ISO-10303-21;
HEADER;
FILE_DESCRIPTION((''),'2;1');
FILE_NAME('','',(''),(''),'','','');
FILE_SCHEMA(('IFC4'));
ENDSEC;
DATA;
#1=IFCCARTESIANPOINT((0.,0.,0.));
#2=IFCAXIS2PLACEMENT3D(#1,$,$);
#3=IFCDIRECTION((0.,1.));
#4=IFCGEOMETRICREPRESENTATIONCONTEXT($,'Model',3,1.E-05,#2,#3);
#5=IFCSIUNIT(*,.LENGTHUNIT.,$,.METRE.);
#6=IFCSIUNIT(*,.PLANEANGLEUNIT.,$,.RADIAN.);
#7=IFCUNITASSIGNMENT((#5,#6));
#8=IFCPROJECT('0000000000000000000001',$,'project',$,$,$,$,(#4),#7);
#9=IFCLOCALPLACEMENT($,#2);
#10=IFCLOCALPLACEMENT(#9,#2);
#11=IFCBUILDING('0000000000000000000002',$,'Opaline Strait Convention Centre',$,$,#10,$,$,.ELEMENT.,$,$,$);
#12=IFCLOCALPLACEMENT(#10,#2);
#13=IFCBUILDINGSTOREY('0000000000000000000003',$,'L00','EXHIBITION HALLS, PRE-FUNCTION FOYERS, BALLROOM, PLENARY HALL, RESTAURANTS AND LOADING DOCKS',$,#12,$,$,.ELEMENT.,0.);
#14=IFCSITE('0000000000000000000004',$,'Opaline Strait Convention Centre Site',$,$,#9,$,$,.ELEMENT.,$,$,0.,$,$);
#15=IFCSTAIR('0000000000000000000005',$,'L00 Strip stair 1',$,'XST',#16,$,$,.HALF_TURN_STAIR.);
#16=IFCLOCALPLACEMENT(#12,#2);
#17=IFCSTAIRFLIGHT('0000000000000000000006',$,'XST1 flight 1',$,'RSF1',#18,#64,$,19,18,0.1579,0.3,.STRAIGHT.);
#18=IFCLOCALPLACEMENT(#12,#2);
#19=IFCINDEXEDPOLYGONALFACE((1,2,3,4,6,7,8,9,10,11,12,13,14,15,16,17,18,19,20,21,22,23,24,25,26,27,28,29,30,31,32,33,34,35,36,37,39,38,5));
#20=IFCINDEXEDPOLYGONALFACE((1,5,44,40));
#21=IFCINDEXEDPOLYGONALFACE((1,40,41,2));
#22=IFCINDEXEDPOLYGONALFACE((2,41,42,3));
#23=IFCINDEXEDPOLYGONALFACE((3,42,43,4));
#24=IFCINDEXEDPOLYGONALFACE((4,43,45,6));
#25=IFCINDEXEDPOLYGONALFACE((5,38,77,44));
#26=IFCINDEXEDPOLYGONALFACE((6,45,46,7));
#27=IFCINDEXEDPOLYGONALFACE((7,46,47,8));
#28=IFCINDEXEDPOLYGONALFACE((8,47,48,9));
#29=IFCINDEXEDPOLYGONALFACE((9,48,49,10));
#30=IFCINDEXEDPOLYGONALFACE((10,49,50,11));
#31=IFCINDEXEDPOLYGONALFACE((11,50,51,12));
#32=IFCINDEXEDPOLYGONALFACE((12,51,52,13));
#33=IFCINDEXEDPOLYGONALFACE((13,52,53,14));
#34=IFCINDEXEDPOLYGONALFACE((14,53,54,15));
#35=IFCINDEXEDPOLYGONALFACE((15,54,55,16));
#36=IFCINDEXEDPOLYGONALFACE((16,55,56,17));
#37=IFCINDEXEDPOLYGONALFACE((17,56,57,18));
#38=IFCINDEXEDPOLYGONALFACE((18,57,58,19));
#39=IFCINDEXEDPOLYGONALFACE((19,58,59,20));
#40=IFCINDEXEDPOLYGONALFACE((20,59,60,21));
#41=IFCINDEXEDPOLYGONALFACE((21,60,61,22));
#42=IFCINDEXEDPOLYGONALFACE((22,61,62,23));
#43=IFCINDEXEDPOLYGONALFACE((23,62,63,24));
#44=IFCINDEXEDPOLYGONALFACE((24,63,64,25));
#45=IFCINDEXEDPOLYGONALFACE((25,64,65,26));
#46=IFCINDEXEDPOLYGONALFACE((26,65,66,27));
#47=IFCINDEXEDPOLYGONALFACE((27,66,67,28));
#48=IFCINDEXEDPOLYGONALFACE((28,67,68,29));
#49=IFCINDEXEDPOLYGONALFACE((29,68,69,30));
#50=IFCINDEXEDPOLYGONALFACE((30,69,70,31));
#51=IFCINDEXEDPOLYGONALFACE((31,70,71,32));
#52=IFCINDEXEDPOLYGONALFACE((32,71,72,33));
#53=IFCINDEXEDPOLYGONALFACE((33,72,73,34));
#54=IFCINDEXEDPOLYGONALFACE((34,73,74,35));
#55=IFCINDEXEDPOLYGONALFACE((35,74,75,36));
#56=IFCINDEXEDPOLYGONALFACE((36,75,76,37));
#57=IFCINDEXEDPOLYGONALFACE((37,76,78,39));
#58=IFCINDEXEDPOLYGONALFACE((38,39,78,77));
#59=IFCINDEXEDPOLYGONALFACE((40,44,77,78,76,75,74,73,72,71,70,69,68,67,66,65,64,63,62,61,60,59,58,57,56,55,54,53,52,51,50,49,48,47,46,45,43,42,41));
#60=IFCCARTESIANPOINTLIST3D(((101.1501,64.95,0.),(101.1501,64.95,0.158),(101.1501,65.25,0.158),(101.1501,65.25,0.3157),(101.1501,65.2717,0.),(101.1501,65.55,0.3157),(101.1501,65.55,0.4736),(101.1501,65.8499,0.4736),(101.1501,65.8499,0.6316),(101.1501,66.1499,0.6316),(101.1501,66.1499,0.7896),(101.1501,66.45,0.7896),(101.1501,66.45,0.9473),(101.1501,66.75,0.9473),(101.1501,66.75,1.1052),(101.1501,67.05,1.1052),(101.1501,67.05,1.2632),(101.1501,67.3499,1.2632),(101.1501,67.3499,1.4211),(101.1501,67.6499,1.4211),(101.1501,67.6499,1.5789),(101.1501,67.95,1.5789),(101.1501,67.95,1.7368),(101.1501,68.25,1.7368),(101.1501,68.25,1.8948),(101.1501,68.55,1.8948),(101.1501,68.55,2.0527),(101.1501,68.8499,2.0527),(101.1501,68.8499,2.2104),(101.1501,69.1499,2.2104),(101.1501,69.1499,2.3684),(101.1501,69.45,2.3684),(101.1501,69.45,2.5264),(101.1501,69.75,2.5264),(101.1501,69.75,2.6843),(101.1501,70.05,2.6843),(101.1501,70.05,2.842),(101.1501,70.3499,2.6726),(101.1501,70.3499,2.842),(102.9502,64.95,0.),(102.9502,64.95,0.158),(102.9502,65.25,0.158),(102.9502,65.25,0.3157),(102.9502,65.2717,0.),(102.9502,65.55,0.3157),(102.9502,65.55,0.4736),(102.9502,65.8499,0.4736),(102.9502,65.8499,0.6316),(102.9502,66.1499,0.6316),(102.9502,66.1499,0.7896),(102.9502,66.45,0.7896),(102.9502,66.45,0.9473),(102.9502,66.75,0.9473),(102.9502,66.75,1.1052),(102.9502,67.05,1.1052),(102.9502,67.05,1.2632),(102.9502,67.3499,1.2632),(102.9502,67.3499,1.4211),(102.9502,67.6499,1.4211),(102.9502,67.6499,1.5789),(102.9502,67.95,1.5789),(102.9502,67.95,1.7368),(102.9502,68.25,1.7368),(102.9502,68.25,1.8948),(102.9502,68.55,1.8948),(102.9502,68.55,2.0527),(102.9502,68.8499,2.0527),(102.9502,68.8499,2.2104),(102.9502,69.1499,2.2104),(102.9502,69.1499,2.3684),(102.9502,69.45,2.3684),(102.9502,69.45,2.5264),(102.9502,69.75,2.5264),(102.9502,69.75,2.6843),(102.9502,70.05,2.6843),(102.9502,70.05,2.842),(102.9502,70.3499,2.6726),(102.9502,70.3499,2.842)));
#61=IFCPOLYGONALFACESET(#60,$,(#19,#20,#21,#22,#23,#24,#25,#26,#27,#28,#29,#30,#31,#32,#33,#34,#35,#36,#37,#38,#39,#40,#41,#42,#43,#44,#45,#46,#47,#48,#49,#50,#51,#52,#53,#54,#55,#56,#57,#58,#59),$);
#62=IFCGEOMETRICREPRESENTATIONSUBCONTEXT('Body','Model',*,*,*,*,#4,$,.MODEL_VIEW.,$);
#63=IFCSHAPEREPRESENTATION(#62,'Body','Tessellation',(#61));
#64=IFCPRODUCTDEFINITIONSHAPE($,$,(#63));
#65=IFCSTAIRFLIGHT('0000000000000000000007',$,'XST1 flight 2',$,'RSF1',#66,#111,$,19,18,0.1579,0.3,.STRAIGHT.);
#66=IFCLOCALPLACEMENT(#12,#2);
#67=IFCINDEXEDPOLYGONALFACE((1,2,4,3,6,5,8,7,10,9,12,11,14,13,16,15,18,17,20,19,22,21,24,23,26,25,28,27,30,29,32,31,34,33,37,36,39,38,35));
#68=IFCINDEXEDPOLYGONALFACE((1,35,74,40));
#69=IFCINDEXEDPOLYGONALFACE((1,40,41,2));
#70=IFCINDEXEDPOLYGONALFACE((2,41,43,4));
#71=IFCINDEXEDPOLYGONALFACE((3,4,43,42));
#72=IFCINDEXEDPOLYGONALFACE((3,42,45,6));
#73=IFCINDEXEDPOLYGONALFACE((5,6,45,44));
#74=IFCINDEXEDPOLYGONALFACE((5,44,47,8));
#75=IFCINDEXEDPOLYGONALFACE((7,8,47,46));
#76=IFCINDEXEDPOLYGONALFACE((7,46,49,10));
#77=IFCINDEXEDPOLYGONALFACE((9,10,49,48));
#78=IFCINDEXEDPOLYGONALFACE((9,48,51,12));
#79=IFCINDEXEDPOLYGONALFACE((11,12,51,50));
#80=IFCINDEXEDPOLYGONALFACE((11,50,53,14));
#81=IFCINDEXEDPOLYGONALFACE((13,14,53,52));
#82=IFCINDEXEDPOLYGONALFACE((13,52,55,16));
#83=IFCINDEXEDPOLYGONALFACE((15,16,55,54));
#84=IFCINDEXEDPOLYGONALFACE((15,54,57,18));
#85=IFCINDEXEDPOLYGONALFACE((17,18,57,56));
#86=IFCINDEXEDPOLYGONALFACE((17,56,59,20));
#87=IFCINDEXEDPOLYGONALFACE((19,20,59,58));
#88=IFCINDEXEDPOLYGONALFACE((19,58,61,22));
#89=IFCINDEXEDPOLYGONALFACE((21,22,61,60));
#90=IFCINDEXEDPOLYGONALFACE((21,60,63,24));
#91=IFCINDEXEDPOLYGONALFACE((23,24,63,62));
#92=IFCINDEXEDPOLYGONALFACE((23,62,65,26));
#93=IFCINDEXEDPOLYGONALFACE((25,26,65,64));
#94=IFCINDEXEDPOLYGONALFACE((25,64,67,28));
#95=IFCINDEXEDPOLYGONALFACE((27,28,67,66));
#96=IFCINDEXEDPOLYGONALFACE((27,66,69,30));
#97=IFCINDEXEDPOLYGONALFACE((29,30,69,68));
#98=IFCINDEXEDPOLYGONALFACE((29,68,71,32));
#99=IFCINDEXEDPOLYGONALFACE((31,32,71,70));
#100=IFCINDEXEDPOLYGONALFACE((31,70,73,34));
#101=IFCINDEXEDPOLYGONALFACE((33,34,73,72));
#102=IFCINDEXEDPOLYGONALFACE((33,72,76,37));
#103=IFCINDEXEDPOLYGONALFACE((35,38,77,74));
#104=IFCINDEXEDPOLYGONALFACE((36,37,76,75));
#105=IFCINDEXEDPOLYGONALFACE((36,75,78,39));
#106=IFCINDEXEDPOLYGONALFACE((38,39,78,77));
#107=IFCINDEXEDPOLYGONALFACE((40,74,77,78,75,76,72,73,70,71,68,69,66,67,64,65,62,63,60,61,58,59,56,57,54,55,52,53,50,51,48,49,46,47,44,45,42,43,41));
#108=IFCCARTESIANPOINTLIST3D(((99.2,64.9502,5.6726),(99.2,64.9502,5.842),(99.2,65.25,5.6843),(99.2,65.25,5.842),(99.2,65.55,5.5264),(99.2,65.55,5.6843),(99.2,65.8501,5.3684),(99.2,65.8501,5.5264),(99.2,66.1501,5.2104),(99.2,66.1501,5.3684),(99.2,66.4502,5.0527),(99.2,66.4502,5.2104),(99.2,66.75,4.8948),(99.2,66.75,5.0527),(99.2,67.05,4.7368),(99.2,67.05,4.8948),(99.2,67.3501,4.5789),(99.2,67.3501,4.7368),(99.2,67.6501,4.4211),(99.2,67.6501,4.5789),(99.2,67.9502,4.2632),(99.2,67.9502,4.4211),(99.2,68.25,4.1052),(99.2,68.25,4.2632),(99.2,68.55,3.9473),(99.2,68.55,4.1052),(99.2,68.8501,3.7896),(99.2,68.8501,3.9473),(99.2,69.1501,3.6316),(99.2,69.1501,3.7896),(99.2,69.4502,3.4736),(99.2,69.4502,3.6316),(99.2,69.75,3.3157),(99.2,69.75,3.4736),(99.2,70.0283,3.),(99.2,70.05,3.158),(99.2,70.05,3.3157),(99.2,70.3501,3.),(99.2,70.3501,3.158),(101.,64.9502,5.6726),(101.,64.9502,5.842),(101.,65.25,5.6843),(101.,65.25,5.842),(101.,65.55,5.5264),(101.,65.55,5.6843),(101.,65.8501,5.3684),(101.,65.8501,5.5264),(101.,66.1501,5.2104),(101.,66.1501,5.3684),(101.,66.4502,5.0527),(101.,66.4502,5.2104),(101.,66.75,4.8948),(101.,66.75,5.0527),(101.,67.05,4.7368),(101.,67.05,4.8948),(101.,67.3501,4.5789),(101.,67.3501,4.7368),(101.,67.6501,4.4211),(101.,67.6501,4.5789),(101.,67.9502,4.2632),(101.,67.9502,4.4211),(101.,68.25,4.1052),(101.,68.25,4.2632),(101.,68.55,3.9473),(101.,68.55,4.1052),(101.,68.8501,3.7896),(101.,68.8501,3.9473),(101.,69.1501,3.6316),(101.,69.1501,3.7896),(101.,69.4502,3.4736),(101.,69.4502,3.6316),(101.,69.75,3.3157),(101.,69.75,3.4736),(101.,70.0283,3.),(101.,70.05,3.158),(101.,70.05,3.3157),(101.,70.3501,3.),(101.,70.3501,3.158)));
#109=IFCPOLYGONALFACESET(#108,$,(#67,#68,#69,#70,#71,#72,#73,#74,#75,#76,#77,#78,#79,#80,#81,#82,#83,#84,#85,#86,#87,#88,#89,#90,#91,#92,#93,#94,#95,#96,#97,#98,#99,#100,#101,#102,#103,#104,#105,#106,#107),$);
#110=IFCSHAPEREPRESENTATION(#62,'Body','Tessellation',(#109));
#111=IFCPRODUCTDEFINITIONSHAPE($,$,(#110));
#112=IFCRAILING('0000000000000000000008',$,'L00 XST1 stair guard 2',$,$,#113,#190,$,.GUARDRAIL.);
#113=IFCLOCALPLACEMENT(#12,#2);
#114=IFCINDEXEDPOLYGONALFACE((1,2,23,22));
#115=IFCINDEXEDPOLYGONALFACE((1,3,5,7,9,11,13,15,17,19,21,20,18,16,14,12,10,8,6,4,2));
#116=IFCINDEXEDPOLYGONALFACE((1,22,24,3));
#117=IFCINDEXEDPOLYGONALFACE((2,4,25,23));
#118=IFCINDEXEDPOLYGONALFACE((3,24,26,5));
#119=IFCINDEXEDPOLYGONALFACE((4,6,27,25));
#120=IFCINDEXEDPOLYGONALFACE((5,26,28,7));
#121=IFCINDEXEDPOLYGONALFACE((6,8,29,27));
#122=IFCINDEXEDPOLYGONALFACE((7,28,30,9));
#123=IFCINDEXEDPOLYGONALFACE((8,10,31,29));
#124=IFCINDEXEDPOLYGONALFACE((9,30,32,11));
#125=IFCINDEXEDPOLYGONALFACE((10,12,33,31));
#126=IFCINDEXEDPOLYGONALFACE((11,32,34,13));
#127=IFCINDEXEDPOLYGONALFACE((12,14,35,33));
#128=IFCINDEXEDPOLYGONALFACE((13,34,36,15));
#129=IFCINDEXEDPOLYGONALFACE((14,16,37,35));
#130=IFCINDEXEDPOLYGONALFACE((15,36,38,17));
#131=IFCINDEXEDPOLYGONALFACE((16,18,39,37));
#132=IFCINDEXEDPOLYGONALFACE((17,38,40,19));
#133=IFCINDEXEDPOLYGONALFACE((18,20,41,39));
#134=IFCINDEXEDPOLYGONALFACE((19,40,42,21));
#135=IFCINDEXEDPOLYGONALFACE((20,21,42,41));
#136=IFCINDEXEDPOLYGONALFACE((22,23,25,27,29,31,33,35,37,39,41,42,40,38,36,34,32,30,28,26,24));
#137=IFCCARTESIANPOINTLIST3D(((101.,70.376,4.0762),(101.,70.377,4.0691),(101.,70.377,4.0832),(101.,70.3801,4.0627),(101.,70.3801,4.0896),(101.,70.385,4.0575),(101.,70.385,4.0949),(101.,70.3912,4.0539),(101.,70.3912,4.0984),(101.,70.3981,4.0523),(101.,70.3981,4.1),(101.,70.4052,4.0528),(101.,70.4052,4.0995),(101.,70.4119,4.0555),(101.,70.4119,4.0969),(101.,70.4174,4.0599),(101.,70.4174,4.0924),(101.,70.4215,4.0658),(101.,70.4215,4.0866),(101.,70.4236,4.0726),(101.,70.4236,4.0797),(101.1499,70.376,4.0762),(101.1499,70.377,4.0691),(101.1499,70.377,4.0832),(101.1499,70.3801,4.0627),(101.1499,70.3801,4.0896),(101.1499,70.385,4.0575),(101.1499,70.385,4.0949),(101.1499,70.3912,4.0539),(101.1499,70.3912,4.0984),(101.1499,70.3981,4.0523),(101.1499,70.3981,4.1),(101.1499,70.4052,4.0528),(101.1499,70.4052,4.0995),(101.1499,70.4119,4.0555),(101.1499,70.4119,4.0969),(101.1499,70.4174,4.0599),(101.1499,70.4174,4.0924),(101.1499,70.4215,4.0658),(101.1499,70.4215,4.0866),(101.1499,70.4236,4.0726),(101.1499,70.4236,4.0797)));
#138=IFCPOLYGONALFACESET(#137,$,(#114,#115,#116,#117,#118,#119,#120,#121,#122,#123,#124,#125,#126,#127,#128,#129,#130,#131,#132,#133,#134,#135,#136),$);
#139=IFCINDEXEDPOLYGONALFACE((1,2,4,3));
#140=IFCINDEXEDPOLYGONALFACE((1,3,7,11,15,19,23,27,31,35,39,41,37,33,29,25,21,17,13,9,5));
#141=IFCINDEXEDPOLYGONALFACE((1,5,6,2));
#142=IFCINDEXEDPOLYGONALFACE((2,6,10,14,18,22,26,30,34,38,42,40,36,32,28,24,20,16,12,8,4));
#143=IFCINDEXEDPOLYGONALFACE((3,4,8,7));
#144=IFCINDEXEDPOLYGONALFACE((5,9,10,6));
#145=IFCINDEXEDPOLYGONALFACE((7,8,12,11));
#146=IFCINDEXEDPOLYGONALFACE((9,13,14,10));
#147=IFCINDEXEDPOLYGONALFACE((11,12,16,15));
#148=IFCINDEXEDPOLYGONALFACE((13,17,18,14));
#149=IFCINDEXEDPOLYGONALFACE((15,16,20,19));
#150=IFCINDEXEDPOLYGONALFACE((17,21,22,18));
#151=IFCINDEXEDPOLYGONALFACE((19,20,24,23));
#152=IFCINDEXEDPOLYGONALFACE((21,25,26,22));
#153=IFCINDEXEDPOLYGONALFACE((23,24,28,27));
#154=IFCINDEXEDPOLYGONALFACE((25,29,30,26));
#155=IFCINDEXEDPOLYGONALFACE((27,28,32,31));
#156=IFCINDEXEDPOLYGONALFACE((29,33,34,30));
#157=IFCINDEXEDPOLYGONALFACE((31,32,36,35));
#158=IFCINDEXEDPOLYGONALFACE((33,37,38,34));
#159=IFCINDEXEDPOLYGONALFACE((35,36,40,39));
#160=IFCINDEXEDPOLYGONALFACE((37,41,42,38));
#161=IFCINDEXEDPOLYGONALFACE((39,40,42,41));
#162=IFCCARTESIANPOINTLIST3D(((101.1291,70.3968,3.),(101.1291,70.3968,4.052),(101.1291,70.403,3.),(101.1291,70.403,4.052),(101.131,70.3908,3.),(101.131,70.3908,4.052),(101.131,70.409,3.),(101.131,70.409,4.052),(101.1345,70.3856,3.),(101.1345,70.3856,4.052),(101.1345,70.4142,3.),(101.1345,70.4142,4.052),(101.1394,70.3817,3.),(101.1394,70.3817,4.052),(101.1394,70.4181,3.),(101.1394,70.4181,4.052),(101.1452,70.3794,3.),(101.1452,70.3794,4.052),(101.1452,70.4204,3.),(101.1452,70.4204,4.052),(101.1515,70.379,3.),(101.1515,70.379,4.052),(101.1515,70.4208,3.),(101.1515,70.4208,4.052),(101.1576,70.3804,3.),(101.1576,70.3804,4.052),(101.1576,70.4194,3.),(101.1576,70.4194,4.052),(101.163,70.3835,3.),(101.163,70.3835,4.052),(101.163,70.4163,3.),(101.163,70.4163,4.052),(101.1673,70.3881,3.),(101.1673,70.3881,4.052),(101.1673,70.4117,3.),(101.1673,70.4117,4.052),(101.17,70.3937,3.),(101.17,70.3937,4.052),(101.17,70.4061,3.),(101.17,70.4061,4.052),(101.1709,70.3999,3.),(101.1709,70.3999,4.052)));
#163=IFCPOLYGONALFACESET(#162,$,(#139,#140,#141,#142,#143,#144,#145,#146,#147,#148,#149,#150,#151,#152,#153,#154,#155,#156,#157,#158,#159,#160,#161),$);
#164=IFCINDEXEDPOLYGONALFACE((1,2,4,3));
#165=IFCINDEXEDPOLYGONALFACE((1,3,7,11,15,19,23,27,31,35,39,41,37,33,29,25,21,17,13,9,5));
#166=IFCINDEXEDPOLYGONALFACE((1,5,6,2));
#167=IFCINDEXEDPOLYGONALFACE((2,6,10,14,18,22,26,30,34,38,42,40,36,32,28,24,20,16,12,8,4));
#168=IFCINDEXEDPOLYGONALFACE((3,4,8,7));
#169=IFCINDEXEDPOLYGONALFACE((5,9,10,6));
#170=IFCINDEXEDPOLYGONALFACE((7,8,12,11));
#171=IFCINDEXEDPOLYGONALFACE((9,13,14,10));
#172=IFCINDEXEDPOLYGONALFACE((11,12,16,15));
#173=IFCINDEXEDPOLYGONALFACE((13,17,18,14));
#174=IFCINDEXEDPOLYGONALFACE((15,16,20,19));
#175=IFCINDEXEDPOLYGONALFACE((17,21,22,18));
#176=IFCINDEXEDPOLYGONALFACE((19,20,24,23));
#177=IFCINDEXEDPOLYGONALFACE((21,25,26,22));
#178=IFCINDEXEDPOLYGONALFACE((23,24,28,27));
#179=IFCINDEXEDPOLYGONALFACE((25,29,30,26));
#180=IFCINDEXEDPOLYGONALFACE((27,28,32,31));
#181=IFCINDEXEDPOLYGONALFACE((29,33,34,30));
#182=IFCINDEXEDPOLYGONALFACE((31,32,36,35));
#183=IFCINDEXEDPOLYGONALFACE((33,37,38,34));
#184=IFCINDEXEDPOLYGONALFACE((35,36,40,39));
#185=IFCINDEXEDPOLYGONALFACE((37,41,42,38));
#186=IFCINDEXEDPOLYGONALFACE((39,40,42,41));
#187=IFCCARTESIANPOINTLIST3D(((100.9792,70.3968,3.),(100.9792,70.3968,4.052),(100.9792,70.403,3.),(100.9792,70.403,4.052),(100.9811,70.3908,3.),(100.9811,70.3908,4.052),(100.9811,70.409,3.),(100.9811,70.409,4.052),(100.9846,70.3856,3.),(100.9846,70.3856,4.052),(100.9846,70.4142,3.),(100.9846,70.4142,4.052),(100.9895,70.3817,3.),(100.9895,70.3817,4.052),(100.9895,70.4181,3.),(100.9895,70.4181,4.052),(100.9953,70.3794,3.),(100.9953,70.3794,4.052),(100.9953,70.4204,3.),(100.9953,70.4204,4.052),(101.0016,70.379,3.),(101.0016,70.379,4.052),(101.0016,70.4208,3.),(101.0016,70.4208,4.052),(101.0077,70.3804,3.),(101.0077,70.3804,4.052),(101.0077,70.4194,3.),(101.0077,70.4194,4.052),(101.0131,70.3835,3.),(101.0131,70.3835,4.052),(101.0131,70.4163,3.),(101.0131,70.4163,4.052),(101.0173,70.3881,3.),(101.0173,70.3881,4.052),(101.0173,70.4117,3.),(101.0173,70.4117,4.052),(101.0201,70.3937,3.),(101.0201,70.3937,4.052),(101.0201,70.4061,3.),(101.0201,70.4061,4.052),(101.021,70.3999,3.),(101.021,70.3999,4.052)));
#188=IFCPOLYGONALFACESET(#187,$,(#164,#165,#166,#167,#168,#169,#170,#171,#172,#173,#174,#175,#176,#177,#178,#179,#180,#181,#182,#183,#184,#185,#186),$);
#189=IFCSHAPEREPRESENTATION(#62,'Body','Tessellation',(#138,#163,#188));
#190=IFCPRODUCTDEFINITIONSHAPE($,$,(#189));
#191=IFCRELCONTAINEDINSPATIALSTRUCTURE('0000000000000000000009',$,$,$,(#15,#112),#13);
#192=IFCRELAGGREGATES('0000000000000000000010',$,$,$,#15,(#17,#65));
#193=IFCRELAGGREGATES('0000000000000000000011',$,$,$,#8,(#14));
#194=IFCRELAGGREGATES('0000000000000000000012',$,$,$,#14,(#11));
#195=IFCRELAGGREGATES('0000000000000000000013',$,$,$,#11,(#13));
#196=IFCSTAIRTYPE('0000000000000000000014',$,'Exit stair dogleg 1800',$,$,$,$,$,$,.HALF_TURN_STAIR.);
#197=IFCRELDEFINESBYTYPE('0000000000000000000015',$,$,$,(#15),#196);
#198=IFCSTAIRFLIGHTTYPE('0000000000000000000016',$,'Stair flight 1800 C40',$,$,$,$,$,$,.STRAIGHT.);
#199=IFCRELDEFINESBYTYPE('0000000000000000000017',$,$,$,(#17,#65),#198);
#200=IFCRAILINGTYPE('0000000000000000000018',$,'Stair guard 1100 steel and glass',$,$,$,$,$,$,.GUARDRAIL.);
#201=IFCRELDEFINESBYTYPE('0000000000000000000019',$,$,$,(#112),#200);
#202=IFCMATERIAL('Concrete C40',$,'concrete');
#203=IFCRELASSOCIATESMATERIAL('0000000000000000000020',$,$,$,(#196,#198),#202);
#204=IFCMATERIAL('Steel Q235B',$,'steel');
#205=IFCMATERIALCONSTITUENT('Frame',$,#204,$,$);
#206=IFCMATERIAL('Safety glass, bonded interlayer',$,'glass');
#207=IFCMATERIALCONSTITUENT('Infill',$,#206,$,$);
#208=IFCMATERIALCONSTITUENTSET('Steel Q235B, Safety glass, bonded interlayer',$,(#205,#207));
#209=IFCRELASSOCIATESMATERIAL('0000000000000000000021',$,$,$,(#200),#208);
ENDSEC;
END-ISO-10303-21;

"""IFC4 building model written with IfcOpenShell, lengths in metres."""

from ifc_helpers import new_model, si_unit, direction, frame, origin, origin_2d, place, context, subcontext, project, spatial, polyline, circle, outline, extrude, material, constituent, constituent_set, type_object, element, aggregate, save


model = new_model("IFC4")

# Units and contexts
model_context = context("Model", 3, precision=1e-05, world=origin(), true_north=direction((0.0, 1.0)))
body_context = subcontext(model_context, "Body", "Model", "MODEL_VIEW")
ifc_project = project(units=[si_unit("LENGTHUNIT", "METRE"), si_unit("PLANEANGLEUNIT", "RADIAN")], contexts=[model_context])

# Site, building, storey
site_placement = place(None, origin())
site = spatial("IfcSite", under=ifc_project, at=site_placement, Name="Opaline Strait Convention Centre Site", CompositionType="ELEMENT", RefElevation=0.0)
building_placement = place(site_placement, origin())
building = spatial("IfcBuilding", under=site, at=building_placement, Name="Opaline Strait Convention Centre", CompositionType="ELEMENT")
storey_placement = place(building_placement, origin())
storey = spatial("IfcBuildingStorey", under=building, at=storey_placement, Name="L00", Description="EXHIBITION HALLS, PRE-FUNCTION FOYERS, BALLROOM, PLENARY HALL, RESTAURANTS AND LOADING DOCKS", CompositionType="ELEMENT", Elevation=0.0)

# Shared definitions
ifc_material_1 = material(Name="Concrete C40", Category="concrete")

# Stair, stair flights
stair_type = type_object("IfcStairType", Name="Exit stair dogleg 1800", PredefinedType="HALF_TURN_STAIR", material=ifc_material_1)
stair_placement = place(storey_placement, origin())
stair = element("IfcStair", 1, at=stair_placement, inside=storey, type_object=stair_type, Name="L00 Strip stair 1", ObjectType="XST", PredefinedType="HALF_TURN_STAIR")
stair_flight_type = type_object("IfcStairFlightType", Name="Stair flight 1800 C40", PredefinedType="STRAIGHT", material=ifc_material_1)
stair_flight_1_placement = place(storey_placement, frame((102.05, 64.95, 0.0), z_axis=(0.0, 0.0, 1.0), x_axis=(0.0, 1.0, 0.0)))
stair_flight_1 = element("IfcStairFlight", 2, at=stair_flight_1_placement, type_object=stair_flight_type, Name="XST1 flight 1", ObjectType="RSF1", NumberOfRisers=19, NumberOfTreads=18, PredefinedType="STRAIGHT", RiserHeight=0.1579, TreadLength=0.3, context=body_context, shape_type="SweptSolid", body=[
    extrude(outline(polyline([(0.0, 0.0), (0.0, 0.158), (0.3, 0.158), (0.3, 0.3157), (0.6001, 0.3157), (0.6001, 0.4736), (0.8999, 0.4736), (0.8999, 0.6316), (1.2, 0.6316), (1.2, 0.7896), (1.5, 0.7896), (1.5, 0.9473), (1.8, 0.9473), (1.8, 1.1052), (2.1001, 1.1052), (2.1001, 1.2632), (2.3999, 1.2632), (2.3999, 1.4211), (2.7, 1.4211), (2.7, 1.5789), (3.0, 1.5789), (3.0, 1.7368), (3.3, 1.7368), (3.3, 1.8948), (3.6001, 1.8948), (3.6001, 2.0527), (3.8999, 2.0527), (3.8999, 2.2104), (4.2, 2.2104), (4.2, 2.3684), (4.5, 2.3684), (4.5, 2.5264), (4.8, 2.5264), (4.8, 2.6843), (5.1001, 2.6843), (5.1001, 2.842), (5.3999, 2.842), (5.3999, 3.0), (5.3999, 2.6726), (0.3218, 0.0), (0.0, 0.0)])), frame((0.0, 0.8999, 0.0), z_axis=(0.0, -1.0, 0.0), x_axis=(1.0, 0.0, 0.0)), (0.0, 0.0, 1.0), 1.8),
])
stair_flight_2_placement = place(storey_placement, frame((100.1001, 70.3501, 3.0), z_axis=(0.0, 0.0, 1.0), x_axis=(0.0, -1.0, 0.0)))
stair_flight_2 = element("IfcStairFlight", 3, at=stair_flight_2_placement, type_object=stair_flight_type, Name="XST1 flight 2", ObjectType="RSF1", NumberOfRisers=19, NumberOfTreads=18, PredefinedType="STRAIGHT", RiserHeight=0.1579, TreadLength=0.3, context=body_context, shape_type="SweptSolid", body=[
    extrude(outline(polyline([(0.0, 0.0), (0.0, 0.158), (0.3, 0.158), (0.3, 0.3157), (0.6001, 0.3157), (0.6001, 0.4736), (0.8999, 0.4736), (0.8999, 0.6316), (1.2, 0.6316), (1.2, 0.7896), (1.5, 0.7896), (1.5, 0.9473), (1.8, 0.9473), (1.8, 1.1052), (2.1001, 1.1052), (2.1001, 1.2632), (2.3999, 1.2632), (2.3999, 1.4211), (2.7, 1.4211), (2.7, 1.5789), (3.0, 1.5789), (3.0, 1.7368), (3.3, 1.7368), (3.3, 1.8948), (3.6001, 1.8948), (3.6001, 2.0527), (3.8999, 2.0527), (3.8999, 2.2104), (4.2, 2.2104), (4.2, 2.3684), (4.5, 2.3684), (4.5, 2.5264), (4.8, 2.5264), (4.8, 2.6843), (5.1001, 2.6843), (5.1001, 2.842), (5.3999, 2.842), (5.3999, 3.0), (5.3999, 2.6726), (0.3218, 0.0), (0.0, 0.0)])), frame((0.0, 0.8999, 0.0), z_axis=(0.0, -1.0, 0.0), x_axis=(1.0, 0.0, 0.0)), (0.0, 0.0, 1.0), 1.8),
])
aggregate(stair, [stair_flight_1, stair_flight_2])

# Railing
ifc_material_2 = material(Name="Steel Q235B", Category="steel")
ifc_constituent_1 = constituent(ifc_material_2, Name="Frame")
ifc_material_3 = material(Name="Safety glass, bonded interlayer", Category="glass")
ifc_constituent_2 = constituent(ifc_material_3, Name="Infill")
ifc_constituent_set = constituent_set(constituents=[ifc_constituent_1, ifc_constituent_2], Name="Steel Q235B, Safety glass, bonded interlayer")
railing_type_1 = type_object("IfcRailingType", Name="Stair guard 1100 steel and glass", PredefinedType="GUARDRAIL", material=ifc_constituent_set)
railing_1_placement = place(storey_placement, frame((101.1499, 70.3999, 3.0)))
element("IfcRailing", 4, at=railing_1_placement, inside=storey, type_object=railing_type_1, Name="L00 XST1 stair guard 2", PredefinedType="GUARDRAIL", context=body_context, shape_type="SweptSolid", body=[
    extrude(circle(Radius=0.0239, at=origin_2d()), frame((0.0, 0.0, 1.0762), z_axis=(-1.0, 0.0, 0.0), x_axis=(0.0, -1.0, 0.0)), (0.0, 0.0, 1.0), 0.1499),
    extrude(circle(Radius=0.021, at=origin_2d()), origin(), (0.0, 0.0, 1.0), 1.052),
    extrude(circle(Radius=0.021, at=origin_2d()), frame((-0.1499, 0.0, 0.0)), (0.0, 0.0, 1.0), 1.052),
])

save(model, "model.ifc")
